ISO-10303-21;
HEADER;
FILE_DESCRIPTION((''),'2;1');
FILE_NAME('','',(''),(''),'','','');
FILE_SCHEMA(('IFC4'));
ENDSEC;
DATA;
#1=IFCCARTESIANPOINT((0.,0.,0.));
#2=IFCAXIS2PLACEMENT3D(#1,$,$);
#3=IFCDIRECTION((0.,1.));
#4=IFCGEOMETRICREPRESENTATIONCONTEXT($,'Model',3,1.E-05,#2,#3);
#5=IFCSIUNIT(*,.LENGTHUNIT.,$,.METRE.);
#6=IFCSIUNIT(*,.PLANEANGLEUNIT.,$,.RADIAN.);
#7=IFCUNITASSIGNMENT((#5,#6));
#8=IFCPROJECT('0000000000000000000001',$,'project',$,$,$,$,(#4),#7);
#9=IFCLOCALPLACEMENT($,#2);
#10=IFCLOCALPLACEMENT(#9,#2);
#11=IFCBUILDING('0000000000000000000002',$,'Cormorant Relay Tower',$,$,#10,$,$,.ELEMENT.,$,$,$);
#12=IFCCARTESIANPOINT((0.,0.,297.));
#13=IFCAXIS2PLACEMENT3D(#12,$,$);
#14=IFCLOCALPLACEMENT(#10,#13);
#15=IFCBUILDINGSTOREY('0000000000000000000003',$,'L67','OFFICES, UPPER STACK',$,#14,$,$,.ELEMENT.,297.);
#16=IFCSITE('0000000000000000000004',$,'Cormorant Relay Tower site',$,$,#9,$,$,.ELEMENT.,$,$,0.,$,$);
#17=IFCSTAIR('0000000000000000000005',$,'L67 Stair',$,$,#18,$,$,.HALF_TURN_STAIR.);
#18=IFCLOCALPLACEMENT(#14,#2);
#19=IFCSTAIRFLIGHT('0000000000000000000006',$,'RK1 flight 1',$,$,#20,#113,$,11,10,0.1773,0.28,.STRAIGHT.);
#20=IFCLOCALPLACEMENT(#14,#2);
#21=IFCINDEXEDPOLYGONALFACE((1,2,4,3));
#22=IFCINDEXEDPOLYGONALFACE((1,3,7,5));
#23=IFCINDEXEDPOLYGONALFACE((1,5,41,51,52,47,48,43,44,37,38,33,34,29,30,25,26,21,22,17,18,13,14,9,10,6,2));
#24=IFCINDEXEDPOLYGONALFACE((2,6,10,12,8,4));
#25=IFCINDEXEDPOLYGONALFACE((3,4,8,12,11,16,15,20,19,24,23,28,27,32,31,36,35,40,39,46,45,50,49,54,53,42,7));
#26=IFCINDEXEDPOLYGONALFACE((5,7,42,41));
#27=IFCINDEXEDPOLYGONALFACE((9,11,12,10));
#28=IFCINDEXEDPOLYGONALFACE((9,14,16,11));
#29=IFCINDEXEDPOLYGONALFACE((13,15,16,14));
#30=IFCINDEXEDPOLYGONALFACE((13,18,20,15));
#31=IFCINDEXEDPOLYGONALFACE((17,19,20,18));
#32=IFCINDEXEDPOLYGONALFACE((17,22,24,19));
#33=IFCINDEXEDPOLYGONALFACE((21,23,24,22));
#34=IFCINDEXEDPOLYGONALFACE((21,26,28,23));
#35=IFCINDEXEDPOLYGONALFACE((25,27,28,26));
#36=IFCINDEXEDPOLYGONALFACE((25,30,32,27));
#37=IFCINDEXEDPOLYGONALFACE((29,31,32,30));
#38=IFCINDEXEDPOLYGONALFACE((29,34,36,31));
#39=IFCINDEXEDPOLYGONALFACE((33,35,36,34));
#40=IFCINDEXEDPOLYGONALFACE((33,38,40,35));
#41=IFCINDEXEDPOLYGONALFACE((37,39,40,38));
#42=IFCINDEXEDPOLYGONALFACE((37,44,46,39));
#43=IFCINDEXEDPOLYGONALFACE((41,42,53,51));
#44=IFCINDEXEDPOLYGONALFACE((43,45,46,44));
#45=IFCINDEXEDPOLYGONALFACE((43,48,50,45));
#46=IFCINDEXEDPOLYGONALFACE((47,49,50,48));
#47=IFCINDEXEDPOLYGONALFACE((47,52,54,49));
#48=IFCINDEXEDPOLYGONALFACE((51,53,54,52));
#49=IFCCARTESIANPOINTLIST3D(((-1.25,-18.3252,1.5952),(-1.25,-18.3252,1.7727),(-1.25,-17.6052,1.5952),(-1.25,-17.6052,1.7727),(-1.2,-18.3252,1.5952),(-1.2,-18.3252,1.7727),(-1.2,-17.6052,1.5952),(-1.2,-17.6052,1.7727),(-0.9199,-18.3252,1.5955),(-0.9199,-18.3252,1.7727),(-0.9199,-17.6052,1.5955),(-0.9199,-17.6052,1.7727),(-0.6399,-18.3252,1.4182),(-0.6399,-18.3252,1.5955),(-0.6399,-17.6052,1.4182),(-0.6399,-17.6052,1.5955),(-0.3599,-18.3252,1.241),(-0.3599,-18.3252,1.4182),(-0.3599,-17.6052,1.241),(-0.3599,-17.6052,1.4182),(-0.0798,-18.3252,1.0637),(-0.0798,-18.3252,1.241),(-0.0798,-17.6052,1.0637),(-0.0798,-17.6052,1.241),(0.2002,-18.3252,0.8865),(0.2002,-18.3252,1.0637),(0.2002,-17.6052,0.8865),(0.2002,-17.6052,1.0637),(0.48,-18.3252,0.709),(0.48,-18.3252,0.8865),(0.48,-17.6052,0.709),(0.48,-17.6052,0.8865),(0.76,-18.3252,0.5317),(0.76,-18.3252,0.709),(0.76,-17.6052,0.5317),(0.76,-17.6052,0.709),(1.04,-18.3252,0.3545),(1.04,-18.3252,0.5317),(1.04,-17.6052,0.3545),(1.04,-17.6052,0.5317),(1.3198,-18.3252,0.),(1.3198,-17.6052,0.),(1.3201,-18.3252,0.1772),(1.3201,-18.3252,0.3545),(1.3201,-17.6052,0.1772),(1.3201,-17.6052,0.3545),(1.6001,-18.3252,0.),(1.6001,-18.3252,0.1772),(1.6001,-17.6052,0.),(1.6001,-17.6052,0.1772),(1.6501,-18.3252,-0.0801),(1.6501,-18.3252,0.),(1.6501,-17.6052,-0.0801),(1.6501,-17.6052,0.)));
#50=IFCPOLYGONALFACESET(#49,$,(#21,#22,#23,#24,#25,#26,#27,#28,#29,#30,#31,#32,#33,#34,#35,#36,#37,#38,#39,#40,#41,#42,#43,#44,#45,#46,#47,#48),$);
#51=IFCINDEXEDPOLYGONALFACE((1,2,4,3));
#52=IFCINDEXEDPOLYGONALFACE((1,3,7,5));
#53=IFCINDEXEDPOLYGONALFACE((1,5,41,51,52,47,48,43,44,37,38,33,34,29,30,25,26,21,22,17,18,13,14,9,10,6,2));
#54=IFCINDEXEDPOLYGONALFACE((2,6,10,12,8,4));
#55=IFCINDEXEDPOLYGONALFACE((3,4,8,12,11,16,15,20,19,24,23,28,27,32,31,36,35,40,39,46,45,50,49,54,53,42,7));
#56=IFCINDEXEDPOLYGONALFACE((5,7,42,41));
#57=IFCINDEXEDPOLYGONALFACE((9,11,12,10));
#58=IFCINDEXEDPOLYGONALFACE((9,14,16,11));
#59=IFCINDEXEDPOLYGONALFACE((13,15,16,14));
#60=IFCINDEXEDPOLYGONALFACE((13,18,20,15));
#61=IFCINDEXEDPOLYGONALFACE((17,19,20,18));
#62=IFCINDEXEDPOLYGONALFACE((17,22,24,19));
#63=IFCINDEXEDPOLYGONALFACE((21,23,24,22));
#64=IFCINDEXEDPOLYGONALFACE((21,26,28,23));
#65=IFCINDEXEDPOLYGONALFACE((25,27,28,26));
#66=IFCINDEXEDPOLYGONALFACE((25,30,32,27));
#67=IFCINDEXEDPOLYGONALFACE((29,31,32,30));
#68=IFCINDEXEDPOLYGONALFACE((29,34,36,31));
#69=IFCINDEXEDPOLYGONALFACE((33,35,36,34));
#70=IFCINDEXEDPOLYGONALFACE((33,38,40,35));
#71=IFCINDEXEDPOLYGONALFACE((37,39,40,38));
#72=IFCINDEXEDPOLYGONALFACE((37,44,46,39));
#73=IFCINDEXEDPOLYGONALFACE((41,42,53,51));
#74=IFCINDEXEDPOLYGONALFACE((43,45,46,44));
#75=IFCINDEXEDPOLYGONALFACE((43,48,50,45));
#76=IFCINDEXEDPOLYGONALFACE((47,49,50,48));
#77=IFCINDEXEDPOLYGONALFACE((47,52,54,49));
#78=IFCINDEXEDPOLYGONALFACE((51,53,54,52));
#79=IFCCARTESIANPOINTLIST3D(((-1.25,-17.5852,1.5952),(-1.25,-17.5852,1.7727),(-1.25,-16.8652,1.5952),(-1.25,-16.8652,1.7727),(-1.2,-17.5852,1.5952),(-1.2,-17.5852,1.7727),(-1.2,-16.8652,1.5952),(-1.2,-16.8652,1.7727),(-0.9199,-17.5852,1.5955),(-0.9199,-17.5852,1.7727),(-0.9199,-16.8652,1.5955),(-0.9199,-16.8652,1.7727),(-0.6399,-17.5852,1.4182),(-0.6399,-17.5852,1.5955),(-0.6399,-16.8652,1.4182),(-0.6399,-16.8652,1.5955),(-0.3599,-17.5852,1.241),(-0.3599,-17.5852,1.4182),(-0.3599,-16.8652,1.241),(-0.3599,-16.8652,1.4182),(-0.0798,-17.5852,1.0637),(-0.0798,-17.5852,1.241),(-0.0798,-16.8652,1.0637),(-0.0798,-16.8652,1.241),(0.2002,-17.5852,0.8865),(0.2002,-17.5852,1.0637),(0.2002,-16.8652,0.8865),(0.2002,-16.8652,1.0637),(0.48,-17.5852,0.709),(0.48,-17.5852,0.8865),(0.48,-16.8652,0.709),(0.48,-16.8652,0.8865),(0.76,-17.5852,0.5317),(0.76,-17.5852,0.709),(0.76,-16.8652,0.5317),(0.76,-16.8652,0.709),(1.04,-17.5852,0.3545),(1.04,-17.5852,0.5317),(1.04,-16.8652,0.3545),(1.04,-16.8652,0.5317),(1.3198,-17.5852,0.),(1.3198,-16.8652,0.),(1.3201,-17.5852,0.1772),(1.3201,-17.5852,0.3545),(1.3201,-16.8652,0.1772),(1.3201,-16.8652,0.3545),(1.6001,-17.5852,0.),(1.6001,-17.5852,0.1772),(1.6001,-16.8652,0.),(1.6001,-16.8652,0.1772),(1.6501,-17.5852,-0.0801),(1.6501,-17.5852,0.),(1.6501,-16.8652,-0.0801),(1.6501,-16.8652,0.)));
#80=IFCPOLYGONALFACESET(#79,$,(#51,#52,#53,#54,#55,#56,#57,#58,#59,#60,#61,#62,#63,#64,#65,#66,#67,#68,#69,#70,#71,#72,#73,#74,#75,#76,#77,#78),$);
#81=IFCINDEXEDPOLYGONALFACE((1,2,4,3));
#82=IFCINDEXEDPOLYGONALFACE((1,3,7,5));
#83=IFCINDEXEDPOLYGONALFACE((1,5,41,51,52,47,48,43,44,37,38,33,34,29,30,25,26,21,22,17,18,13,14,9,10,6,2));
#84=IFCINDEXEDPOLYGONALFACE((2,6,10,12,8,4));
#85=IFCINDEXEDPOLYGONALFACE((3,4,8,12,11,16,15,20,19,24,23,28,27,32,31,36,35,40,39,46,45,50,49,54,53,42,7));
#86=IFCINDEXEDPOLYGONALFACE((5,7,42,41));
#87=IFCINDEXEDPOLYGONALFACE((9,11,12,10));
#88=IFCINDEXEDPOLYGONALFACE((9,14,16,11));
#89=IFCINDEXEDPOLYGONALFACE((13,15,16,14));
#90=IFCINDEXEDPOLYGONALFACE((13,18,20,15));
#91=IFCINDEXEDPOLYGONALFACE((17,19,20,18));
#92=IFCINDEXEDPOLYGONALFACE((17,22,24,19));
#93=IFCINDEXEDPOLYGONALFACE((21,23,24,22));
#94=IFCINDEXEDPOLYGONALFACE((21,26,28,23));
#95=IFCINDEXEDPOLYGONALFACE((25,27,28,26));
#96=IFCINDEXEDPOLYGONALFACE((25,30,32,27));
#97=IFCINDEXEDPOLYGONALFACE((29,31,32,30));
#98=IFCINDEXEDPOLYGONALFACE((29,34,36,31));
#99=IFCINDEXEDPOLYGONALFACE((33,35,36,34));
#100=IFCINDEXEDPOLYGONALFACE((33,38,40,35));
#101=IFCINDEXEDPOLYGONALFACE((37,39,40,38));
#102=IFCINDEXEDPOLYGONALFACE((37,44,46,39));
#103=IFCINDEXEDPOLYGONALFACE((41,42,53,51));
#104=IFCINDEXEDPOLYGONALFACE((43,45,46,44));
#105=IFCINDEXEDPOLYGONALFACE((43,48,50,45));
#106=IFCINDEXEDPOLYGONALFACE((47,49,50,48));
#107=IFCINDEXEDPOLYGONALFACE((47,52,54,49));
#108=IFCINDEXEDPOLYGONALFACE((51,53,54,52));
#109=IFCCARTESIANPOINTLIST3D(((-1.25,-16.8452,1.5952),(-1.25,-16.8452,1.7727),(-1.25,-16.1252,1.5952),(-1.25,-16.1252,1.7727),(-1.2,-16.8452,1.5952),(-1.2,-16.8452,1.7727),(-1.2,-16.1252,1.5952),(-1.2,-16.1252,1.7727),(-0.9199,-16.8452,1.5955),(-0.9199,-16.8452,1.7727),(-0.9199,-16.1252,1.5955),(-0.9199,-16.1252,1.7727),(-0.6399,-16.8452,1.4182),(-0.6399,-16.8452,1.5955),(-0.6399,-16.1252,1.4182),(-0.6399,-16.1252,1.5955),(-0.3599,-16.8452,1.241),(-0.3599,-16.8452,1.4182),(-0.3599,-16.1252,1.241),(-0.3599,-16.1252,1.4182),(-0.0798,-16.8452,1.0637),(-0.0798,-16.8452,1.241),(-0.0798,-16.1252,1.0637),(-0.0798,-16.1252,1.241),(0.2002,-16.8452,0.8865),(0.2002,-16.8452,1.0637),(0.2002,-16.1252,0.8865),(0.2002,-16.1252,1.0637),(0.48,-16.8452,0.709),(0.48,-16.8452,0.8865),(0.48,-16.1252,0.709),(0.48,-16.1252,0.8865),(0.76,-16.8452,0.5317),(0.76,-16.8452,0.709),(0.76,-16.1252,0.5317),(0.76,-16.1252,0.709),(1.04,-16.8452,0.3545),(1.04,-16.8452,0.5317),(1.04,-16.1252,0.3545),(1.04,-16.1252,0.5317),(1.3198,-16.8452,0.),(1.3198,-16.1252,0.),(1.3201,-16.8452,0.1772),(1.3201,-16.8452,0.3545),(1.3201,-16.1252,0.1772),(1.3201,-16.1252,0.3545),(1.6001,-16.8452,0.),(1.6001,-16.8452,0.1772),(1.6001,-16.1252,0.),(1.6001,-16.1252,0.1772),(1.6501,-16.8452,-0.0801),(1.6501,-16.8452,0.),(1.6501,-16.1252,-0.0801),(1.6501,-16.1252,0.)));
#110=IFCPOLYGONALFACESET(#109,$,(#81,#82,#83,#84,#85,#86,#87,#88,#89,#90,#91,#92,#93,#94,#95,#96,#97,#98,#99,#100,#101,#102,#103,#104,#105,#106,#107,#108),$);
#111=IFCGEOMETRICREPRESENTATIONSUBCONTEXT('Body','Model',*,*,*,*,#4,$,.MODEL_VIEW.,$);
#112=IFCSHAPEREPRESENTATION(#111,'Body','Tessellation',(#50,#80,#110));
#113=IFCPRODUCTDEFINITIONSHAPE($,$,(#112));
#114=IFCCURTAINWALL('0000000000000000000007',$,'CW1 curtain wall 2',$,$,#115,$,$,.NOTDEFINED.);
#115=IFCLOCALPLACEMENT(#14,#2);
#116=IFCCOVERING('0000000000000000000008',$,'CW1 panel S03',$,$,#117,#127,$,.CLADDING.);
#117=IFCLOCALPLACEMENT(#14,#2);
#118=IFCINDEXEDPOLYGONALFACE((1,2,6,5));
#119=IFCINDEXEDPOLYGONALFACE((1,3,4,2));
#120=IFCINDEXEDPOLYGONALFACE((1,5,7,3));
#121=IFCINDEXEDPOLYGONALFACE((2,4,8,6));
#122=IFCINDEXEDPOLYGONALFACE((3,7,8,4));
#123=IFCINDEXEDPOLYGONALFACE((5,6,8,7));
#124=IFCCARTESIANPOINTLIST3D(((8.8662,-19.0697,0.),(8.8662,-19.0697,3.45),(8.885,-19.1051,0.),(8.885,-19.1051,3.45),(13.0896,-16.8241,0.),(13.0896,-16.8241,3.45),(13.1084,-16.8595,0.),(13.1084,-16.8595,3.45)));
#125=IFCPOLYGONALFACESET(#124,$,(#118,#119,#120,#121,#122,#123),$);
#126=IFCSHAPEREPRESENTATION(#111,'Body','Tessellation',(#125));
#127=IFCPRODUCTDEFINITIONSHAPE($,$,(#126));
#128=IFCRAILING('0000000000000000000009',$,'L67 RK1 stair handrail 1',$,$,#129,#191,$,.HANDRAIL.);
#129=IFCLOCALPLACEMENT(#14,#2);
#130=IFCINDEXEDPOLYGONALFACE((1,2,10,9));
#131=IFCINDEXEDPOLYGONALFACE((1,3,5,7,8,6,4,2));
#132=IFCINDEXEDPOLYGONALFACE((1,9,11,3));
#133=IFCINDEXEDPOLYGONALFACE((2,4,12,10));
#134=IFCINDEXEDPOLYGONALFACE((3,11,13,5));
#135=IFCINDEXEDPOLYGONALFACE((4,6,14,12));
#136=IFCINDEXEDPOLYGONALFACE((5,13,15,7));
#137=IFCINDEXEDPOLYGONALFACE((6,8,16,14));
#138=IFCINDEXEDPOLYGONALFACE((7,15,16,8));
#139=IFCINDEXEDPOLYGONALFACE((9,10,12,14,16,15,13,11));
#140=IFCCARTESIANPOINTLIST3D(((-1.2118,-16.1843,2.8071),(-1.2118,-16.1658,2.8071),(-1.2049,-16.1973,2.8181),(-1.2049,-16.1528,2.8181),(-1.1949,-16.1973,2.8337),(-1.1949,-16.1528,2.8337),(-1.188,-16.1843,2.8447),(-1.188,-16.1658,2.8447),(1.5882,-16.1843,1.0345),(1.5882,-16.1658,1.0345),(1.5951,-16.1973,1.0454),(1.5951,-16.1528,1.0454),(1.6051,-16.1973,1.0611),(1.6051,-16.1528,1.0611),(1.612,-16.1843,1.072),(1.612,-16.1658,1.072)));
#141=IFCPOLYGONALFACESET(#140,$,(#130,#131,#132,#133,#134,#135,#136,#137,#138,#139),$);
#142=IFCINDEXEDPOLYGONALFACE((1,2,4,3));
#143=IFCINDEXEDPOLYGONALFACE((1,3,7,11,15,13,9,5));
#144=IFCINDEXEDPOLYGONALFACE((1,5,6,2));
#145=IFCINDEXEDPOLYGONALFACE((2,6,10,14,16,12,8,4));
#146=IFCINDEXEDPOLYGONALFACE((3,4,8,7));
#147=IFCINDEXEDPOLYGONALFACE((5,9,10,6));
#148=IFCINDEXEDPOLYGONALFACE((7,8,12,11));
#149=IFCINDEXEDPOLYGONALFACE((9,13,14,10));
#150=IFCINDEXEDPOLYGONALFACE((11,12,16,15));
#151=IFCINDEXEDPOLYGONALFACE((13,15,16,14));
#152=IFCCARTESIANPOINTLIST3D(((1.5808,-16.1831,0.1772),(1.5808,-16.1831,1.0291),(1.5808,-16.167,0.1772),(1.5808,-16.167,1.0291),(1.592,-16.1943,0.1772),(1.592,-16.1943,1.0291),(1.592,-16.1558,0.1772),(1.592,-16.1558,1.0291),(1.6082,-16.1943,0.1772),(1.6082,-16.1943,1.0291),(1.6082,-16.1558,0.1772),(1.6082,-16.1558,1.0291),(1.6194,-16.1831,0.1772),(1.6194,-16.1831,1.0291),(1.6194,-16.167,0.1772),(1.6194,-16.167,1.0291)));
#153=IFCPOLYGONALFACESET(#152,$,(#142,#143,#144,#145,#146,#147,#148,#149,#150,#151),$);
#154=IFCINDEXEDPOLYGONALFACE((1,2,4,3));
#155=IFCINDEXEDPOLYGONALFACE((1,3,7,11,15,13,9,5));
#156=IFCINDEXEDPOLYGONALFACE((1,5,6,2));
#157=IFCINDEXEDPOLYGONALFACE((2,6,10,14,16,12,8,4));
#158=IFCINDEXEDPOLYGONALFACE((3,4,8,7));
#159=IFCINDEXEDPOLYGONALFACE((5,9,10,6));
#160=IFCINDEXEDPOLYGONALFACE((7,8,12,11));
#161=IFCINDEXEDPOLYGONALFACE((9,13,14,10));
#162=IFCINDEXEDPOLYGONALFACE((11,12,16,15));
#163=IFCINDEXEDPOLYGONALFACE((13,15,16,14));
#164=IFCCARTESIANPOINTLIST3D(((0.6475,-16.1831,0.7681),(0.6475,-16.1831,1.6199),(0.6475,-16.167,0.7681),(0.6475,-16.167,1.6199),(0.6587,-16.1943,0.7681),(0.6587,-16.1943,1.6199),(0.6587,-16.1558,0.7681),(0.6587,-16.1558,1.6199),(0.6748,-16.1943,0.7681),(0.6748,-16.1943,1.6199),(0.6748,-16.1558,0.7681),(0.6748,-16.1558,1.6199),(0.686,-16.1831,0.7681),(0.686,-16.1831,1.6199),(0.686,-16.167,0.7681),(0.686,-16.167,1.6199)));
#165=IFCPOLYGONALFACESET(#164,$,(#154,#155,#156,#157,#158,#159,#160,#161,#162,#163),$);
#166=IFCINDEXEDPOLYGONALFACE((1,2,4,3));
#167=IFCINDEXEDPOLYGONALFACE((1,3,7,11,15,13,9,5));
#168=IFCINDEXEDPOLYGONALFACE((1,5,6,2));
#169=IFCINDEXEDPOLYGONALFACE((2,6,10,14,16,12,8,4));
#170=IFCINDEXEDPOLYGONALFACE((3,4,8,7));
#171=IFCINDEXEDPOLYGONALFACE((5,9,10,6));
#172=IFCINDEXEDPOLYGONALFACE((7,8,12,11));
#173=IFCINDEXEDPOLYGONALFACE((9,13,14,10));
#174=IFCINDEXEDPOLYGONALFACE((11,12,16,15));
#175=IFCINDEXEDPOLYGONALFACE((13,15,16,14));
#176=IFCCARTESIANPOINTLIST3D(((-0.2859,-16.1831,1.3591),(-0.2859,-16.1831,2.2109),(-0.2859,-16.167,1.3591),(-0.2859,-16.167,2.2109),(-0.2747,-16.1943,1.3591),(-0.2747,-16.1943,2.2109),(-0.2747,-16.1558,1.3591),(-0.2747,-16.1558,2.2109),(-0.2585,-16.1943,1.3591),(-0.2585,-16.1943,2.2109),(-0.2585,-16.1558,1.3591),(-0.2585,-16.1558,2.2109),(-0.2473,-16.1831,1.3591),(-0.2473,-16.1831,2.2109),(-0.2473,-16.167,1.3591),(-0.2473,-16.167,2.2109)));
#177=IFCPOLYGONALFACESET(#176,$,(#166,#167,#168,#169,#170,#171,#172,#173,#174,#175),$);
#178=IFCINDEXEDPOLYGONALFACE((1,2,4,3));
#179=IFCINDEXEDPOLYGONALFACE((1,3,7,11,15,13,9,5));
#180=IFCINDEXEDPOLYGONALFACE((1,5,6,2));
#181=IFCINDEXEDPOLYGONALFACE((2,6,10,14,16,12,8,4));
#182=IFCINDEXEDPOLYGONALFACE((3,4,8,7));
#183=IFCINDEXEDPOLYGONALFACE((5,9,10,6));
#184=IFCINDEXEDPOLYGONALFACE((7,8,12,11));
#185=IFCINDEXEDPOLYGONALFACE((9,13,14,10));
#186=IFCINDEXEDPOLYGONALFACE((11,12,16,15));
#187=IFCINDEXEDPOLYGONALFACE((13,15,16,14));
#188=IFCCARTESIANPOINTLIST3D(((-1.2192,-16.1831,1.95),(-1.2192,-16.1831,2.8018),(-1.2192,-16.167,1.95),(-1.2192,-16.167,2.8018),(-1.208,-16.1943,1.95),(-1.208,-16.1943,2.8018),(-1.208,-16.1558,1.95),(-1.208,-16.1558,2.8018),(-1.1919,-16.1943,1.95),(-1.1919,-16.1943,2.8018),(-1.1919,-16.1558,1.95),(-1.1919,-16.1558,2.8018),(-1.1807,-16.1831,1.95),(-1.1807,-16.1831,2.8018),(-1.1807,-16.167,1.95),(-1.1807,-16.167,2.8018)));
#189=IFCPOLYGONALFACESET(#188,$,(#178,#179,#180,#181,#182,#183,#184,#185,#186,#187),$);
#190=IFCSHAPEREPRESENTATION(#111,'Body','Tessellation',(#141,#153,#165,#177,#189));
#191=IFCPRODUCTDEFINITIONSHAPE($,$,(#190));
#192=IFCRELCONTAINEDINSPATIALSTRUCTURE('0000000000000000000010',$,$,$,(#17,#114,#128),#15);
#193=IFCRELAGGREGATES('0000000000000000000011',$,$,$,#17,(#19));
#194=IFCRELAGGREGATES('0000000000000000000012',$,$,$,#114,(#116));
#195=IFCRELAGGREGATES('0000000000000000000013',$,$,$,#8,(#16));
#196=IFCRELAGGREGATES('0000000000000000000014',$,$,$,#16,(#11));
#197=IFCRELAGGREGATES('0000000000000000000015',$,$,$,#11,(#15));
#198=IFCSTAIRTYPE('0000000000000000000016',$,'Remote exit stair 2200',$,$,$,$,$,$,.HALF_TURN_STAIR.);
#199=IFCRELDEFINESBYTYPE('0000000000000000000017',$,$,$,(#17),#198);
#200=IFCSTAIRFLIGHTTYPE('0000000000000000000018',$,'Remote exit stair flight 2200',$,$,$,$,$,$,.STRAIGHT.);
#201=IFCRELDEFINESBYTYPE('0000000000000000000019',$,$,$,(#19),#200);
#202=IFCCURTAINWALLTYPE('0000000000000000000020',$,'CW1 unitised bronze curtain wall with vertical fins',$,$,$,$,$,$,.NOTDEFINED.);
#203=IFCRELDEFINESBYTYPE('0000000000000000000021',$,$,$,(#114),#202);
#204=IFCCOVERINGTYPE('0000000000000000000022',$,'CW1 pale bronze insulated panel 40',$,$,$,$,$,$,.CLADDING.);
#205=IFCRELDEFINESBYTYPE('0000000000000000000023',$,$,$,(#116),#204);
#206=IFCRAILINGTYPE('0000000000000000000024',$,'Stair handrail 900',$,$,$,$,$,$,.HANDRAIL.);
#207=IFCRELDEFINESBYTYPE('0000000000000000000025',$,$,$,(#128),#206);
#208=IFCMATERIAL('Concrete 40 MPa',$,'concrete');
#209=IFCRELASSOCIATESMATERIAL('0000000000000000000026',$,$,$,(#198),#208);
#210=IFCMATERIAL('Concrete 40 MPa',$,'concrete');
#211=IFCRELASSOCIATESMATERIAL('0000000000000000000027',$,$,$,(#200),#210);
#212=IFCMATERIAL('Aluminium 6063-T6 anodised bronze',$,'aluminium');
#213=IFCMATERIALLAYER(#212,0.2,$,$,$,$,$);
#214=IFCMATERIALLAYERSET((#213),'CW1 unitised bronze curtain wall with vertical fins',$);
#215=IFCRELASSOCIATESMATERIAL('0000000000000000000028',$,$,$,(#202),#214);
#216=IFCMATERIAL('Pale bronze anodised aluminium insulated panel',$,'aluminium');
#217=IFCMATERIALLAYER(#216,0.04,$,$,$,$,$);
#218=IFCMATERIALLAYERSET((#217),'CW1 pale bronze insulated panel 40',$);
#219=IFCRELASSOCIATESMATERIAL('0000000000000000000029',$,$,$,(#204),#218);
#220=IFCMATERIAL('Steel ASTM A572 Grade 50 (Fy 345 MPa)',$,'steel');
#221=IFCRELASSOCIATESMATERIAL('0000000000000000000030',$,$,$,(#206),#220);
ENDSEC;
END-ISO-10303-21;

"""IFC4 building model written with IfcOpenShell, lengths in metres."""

from ifc_helpers import new_model, si_unit, direction, frame, origin, origin_2d, place, context, subcontext, project, spatial, polyline, rectangle, outline, extrude, material, layer, layer_set, type_object, element, aggregate, save


model = new_model("IFC4")

# Units and contexts
model_context = context("Model", 3, precision=1e-05, world=origin(), true_north=direction((0.0, 1.0)))
body_context = subcontext(model_context, "Body", "Model", "MODEL_VIEW")
ifc_project = project(units=[si_unit("LENGTHUNIT", "METRE"), si_unit("PLANEANGLEUNIT", "RADIAN")], contexts=[model_context])

# Site, building, storey
site_placement = place(None, origin())
site = spatial("IfcSite", under=ifc_project, at=site_placement, Name="Cormorant Relay Tower site", CompositionType="ELEMENT", RefElevation=0.0)
building_placement = place(site_placement, origin())
building = spatial("IfcBuilding", under=site, at=building_placement, Name="Cormorant Relay Tower", CompositionType="ELEMENT")
storey_placement = place(building_placement, frame((0.0, 0.0, 297.0)))
storey = spatial("IfcBuildingStorey", under=building, at=storey_placement, Name="L67", Description="OFFICES, UPPER STACK", CompositionType="ELEMENT", Elevation=297.0)

# Stair
ifc_material_1 = material(Name="Concrete 40 MPa", Category="concrete")
stair_type_1 = type_object("IfcStairType", Name="Remote exit stair 2200", PredefinedType="HALF_TURN_STAIR", material=ifc_material_1)
stair_1_placement = place(storey_placement, origin())
stair_1 = element("IfcStair", 1, at=stair_1_placement, inside=storey, type_object=stair_type_1, Name="L67 Stair", PredefinedType="HALF_TURN_STAIR")

# Stair flight
ifc_material_2 = material(Name="Concrete 40 MPa", Category="concrete")
stair_flight_type = type_object("IfcStairFlightType", Name="Remote exit stair flight 2200", PredefinedType="STRAIGHT", material=ifc_material_2)
stair_flight_placement = place(storey_placement, frame((1.6001, -17.2251, 0.0), z_axis=(0.0, 0.0, 1.0), x_axis=(-1.0, 0.0, 0.0)))
stair_flight = element("IfcStairFlight", 2, at=stair_flight_placement, type_object=stair_flight_type, Name="RK1 flight 1", NumberOfRisers=11, NumberOfTreads=10, PredefinedType="STRAIGHT", RiserHeight=0.1773, TreadLength=0.28, context=body_context, shape_type="SweptSolid", body=[
    extrude(outline(polyline([(-0.05, -0.0801), (-0.05, 0.0), (0.0, 0.0), (0.0, 0.1772), (0.28, 0.1772), (0.28, 0.3545), (0.5601, 0.3545), (0.5601, 0.5317), (0.8401, 0.5317), (0.8401, 0.709), (1.1201, 0.709), (1.1201, 0.8865), (1.3999, 0.8865), (1.3999, 1.0637), (1.6799, 1.0637), (1.6799, 1.241), (1.96, 1.241), (1.96, 1.4182), (2.24, 1.4182), (2.24, 1.5955), (2.52, 1.5955), (2.52, 1.7727), (2.8, 1.7727), (2.8501, 1.7727), (2.8501, 1.5952), (2.8, 1.5952), (0.2803, 0.0), (-0.05, -0.0801)])), frame((0.0, 1.1001, 0.0), z_axis=(0.0, -1.0, 0.0), x_axis=(1.0, 0.0, 0.0)), (0.0, 0.0, 1.0), 0.72),
    extrude(outline(polyline([(-0.05, -0.0801), (-0.05, 0.0), (0.0, 0.0), (0.0, 0.1772), (0.28, 0.1772), (0.28, 0.3545), (0.5601, 0.3545), (0.5601, 0.5317), (0.8401, 0.5317), (0.8401, 0.709), (1.1201, 0.709), (1.1201, 0.8865), (1.3999, 0.8865), (1.3999, 1.0637), (1.6799, 1.0637), (1.6799, 1.241), (1.96, 1.241), (1.96, 1.4182), (2.24, 1.4182), (2.24, 1.5955), (2.52, 1.5955), (2.52, 1.7727), (2.8, 1.7727), (2.8501, 1.7727), (2.8501, 1.5952), (2.8, 1.5952), (0.2803, 0.0), (-0.05, -0.0801)])), frame((0.0, 0.3601, 0.0), z_axis=(0.0, -1.0, 0.0), x_axis=(1.0, 0.0, 0.0)), (0.0, 0.0, 1.0), 0.72),
    extrude(outline(polyline([(-0.05, -0.0801), (-0.05, 0.0), (0.0, 0.0), (0.0, 0.1772), (0.28, 0.1772), (0.28, 0.3545), (0.5601, 0.3545), (0.5601, 0.5317), (0.8401, 0.5317), (0.8401, 0.709), (1.1201, 0.709), (1.1201, 0.8865), (1.3999, 0.8865), (1.3999, 1.0637), (1.6799, 1.0637), (1.6799, 1.241), (1.96, 1.241), (1.96, 1.4182), (2.24, 1.4182), (2.24, 1.5955), (2.52, 1.5955), (2.52, 1.7727), (2.8, 1.7727), (2.8501, 1.7727), (2.8501, 1.5952), (2.8, 1.5952), (0.2803, 0.0), (-0.05, -0.0801)])), frame((0.0, -0.3799, 0.0), z_axis=(0.0, -1.0, 0.0), x_axis=(1.0, 0.0, 0.0)), (0.0, 0.0, 1.0), 0.72),
])
aggregate(stair_1, [stair_flight])

# Curtain wall, covering
ifc_material_3 = material(Name="Aluminium 6063-T6 anodised bronze", Category="aluminium")
ifc_layer_1 = layer(ifc_material_3, 0.2)
ifc_layer_set_1 = layer_set([ifc_layer_1], Name="CW1 unitised bronze curtain wall with vertical fins")
curtain_wall_type = type_object("IfcCurtainWallType", Name="CW1 unitised bronze curtain wall with vertical fins", PredefinedType="NOTDEFINED", material=ifc_layer_set_1)
curtain_wall_placement = place(storey_placement, origin())
curtain_wall = element("IfcCurtainWall", 3, at=curtain_wall_placement, inside=storey, type_object=curtain_wall_type, Name="CW1 curtain wall 2", PredefinedType="NOTDEFINED")
ifc_material_4 = material(Name="Pale bronze anodised aluminium insulated panel", Category="aluminium")
ifc_layer_2 = layer(ifc_material_4, 0.04)
ifc_layer_set_2 = layer_set([ifc_layer_2], Name="CW1 pale bronze insulated panel 40")
covering_type = type_object("IfcCoveringType", Name="CW1 pale bronze insulated panel 40", PredefinedType="CLADDING", material=ifc_layer_set_2)
covering_placement = place(storey_placement, frame((10.9873, -17.9646, 0.0), z_axis=(0.0, 0.0, 1.0), x_axis=(0.882948, 0.469472, 0.0)))
covering = element("IfcCovering", 4, at=covering_placement, type_object=covering_type, Name="CW1 panel S03", PredefinedType="CLADDING", context=body_context, shape_type="SweptSolid", body=[
    extrude(rectangle(XDim=4.7832, YDim=0.04, at=origin_2d()), origin(), (0.0, 0.0, 1.0), 3.45),
])
aggregate(curtain_wall, [covering])

# Railing
ifc_material_5 = material(Name="Steel ASTM A572 Grade 50 (Fy 345 MPa)", Category="steel")
railing_type = type_object("IfcRailingType", Name="Stair handrail 900", PredefinedType="HANDRAIL", material=ifc_material_5)
railing_placement = place(storey_placement, frame((1.6001, -16.175, 0.1772)))
element("IfcRailing", 5, at=railing_placement, inside=storey, type_object=railing_type, Name="L67 RK1 stair handrail 1", PredefinedType="HANDRAIL", context=body_context, shape_type="SweptSolid", body=[
    extrude(outline(polyline([(0.0222, 0.0093), (0.0093, 0.0222), (-0.0093, 0.0222), (-0.0222, 0.0093), (-0.0222, -0.0093), (-0.0093, -0.0222), (0.0093, -0.0222), (0.0222, -0.0093), (0.0222, 0.0093)])), frame((0.0, 0.0, 0.876), z_axis=(-0.844909, 0.0, 0.53491), x_axis=(0.0, -1.0, 0.0)), (0.0, 0.0, 1.0), 3.314),
    extrude(outline(polyline([(0.0193, 0.0081), (0.0081, 0.0193), (-0.0081, 0.0193), (-0.0193, 0.0081), (-0.0193, -0.0081), (-0.0081, -0.0193), (0.0081, -0.0193), (0.0193, -0.0081), (0.0193, 0.0081)])), origin(), (0.0, 0.0, 1.0), 0.8518),
    extrude(outline(polyline([(0.0193, 0.0081), (0.0081, 0.0193), (-0.0081, 0.0193), (-0.0193, 0.0081), (-0.0193, -0.0081), (-0.0081, -0.0193), (0.0081, -0.0193), (0.0193, -0.0081), (0.0193, 0.0081)])), frame((-0.9333, 0.0, 0.5908)), (0.0, 0.0, 1.0), 0.8518),
    extrude(outline(polyline([(0.0193, 0.0081), (0.0081, 0.0193), (-0.0081, 0.0193), (-0.0193, 0.0081), (-0.0193, -0.0081), (-0.0081, -0.0193), (0.0081, -0.0193), (0.0193, -0.0081), (0.0193, 0.0081)])), frame((-1.8667, 0.0, 1.1819)), (0.0, 0.0, 1.0), 0.8518),
    extrude(outline(polyline([(0.0193, 0.0081), (0.0081, 0.0193), (-0.0081, 0.0193), (-0.0193, 0.0081), (-0.0193, -0.0081), (-0.0081, -0.0193), (0.0081, -0.0193), (0.0193, -0.0081), (0.0193, 0.0081)])), frame((-2.8, 0.0, 1.7727)), (0.0, 0.0, 1.0), 0.8518),
])

save(model, "model.ifc")
